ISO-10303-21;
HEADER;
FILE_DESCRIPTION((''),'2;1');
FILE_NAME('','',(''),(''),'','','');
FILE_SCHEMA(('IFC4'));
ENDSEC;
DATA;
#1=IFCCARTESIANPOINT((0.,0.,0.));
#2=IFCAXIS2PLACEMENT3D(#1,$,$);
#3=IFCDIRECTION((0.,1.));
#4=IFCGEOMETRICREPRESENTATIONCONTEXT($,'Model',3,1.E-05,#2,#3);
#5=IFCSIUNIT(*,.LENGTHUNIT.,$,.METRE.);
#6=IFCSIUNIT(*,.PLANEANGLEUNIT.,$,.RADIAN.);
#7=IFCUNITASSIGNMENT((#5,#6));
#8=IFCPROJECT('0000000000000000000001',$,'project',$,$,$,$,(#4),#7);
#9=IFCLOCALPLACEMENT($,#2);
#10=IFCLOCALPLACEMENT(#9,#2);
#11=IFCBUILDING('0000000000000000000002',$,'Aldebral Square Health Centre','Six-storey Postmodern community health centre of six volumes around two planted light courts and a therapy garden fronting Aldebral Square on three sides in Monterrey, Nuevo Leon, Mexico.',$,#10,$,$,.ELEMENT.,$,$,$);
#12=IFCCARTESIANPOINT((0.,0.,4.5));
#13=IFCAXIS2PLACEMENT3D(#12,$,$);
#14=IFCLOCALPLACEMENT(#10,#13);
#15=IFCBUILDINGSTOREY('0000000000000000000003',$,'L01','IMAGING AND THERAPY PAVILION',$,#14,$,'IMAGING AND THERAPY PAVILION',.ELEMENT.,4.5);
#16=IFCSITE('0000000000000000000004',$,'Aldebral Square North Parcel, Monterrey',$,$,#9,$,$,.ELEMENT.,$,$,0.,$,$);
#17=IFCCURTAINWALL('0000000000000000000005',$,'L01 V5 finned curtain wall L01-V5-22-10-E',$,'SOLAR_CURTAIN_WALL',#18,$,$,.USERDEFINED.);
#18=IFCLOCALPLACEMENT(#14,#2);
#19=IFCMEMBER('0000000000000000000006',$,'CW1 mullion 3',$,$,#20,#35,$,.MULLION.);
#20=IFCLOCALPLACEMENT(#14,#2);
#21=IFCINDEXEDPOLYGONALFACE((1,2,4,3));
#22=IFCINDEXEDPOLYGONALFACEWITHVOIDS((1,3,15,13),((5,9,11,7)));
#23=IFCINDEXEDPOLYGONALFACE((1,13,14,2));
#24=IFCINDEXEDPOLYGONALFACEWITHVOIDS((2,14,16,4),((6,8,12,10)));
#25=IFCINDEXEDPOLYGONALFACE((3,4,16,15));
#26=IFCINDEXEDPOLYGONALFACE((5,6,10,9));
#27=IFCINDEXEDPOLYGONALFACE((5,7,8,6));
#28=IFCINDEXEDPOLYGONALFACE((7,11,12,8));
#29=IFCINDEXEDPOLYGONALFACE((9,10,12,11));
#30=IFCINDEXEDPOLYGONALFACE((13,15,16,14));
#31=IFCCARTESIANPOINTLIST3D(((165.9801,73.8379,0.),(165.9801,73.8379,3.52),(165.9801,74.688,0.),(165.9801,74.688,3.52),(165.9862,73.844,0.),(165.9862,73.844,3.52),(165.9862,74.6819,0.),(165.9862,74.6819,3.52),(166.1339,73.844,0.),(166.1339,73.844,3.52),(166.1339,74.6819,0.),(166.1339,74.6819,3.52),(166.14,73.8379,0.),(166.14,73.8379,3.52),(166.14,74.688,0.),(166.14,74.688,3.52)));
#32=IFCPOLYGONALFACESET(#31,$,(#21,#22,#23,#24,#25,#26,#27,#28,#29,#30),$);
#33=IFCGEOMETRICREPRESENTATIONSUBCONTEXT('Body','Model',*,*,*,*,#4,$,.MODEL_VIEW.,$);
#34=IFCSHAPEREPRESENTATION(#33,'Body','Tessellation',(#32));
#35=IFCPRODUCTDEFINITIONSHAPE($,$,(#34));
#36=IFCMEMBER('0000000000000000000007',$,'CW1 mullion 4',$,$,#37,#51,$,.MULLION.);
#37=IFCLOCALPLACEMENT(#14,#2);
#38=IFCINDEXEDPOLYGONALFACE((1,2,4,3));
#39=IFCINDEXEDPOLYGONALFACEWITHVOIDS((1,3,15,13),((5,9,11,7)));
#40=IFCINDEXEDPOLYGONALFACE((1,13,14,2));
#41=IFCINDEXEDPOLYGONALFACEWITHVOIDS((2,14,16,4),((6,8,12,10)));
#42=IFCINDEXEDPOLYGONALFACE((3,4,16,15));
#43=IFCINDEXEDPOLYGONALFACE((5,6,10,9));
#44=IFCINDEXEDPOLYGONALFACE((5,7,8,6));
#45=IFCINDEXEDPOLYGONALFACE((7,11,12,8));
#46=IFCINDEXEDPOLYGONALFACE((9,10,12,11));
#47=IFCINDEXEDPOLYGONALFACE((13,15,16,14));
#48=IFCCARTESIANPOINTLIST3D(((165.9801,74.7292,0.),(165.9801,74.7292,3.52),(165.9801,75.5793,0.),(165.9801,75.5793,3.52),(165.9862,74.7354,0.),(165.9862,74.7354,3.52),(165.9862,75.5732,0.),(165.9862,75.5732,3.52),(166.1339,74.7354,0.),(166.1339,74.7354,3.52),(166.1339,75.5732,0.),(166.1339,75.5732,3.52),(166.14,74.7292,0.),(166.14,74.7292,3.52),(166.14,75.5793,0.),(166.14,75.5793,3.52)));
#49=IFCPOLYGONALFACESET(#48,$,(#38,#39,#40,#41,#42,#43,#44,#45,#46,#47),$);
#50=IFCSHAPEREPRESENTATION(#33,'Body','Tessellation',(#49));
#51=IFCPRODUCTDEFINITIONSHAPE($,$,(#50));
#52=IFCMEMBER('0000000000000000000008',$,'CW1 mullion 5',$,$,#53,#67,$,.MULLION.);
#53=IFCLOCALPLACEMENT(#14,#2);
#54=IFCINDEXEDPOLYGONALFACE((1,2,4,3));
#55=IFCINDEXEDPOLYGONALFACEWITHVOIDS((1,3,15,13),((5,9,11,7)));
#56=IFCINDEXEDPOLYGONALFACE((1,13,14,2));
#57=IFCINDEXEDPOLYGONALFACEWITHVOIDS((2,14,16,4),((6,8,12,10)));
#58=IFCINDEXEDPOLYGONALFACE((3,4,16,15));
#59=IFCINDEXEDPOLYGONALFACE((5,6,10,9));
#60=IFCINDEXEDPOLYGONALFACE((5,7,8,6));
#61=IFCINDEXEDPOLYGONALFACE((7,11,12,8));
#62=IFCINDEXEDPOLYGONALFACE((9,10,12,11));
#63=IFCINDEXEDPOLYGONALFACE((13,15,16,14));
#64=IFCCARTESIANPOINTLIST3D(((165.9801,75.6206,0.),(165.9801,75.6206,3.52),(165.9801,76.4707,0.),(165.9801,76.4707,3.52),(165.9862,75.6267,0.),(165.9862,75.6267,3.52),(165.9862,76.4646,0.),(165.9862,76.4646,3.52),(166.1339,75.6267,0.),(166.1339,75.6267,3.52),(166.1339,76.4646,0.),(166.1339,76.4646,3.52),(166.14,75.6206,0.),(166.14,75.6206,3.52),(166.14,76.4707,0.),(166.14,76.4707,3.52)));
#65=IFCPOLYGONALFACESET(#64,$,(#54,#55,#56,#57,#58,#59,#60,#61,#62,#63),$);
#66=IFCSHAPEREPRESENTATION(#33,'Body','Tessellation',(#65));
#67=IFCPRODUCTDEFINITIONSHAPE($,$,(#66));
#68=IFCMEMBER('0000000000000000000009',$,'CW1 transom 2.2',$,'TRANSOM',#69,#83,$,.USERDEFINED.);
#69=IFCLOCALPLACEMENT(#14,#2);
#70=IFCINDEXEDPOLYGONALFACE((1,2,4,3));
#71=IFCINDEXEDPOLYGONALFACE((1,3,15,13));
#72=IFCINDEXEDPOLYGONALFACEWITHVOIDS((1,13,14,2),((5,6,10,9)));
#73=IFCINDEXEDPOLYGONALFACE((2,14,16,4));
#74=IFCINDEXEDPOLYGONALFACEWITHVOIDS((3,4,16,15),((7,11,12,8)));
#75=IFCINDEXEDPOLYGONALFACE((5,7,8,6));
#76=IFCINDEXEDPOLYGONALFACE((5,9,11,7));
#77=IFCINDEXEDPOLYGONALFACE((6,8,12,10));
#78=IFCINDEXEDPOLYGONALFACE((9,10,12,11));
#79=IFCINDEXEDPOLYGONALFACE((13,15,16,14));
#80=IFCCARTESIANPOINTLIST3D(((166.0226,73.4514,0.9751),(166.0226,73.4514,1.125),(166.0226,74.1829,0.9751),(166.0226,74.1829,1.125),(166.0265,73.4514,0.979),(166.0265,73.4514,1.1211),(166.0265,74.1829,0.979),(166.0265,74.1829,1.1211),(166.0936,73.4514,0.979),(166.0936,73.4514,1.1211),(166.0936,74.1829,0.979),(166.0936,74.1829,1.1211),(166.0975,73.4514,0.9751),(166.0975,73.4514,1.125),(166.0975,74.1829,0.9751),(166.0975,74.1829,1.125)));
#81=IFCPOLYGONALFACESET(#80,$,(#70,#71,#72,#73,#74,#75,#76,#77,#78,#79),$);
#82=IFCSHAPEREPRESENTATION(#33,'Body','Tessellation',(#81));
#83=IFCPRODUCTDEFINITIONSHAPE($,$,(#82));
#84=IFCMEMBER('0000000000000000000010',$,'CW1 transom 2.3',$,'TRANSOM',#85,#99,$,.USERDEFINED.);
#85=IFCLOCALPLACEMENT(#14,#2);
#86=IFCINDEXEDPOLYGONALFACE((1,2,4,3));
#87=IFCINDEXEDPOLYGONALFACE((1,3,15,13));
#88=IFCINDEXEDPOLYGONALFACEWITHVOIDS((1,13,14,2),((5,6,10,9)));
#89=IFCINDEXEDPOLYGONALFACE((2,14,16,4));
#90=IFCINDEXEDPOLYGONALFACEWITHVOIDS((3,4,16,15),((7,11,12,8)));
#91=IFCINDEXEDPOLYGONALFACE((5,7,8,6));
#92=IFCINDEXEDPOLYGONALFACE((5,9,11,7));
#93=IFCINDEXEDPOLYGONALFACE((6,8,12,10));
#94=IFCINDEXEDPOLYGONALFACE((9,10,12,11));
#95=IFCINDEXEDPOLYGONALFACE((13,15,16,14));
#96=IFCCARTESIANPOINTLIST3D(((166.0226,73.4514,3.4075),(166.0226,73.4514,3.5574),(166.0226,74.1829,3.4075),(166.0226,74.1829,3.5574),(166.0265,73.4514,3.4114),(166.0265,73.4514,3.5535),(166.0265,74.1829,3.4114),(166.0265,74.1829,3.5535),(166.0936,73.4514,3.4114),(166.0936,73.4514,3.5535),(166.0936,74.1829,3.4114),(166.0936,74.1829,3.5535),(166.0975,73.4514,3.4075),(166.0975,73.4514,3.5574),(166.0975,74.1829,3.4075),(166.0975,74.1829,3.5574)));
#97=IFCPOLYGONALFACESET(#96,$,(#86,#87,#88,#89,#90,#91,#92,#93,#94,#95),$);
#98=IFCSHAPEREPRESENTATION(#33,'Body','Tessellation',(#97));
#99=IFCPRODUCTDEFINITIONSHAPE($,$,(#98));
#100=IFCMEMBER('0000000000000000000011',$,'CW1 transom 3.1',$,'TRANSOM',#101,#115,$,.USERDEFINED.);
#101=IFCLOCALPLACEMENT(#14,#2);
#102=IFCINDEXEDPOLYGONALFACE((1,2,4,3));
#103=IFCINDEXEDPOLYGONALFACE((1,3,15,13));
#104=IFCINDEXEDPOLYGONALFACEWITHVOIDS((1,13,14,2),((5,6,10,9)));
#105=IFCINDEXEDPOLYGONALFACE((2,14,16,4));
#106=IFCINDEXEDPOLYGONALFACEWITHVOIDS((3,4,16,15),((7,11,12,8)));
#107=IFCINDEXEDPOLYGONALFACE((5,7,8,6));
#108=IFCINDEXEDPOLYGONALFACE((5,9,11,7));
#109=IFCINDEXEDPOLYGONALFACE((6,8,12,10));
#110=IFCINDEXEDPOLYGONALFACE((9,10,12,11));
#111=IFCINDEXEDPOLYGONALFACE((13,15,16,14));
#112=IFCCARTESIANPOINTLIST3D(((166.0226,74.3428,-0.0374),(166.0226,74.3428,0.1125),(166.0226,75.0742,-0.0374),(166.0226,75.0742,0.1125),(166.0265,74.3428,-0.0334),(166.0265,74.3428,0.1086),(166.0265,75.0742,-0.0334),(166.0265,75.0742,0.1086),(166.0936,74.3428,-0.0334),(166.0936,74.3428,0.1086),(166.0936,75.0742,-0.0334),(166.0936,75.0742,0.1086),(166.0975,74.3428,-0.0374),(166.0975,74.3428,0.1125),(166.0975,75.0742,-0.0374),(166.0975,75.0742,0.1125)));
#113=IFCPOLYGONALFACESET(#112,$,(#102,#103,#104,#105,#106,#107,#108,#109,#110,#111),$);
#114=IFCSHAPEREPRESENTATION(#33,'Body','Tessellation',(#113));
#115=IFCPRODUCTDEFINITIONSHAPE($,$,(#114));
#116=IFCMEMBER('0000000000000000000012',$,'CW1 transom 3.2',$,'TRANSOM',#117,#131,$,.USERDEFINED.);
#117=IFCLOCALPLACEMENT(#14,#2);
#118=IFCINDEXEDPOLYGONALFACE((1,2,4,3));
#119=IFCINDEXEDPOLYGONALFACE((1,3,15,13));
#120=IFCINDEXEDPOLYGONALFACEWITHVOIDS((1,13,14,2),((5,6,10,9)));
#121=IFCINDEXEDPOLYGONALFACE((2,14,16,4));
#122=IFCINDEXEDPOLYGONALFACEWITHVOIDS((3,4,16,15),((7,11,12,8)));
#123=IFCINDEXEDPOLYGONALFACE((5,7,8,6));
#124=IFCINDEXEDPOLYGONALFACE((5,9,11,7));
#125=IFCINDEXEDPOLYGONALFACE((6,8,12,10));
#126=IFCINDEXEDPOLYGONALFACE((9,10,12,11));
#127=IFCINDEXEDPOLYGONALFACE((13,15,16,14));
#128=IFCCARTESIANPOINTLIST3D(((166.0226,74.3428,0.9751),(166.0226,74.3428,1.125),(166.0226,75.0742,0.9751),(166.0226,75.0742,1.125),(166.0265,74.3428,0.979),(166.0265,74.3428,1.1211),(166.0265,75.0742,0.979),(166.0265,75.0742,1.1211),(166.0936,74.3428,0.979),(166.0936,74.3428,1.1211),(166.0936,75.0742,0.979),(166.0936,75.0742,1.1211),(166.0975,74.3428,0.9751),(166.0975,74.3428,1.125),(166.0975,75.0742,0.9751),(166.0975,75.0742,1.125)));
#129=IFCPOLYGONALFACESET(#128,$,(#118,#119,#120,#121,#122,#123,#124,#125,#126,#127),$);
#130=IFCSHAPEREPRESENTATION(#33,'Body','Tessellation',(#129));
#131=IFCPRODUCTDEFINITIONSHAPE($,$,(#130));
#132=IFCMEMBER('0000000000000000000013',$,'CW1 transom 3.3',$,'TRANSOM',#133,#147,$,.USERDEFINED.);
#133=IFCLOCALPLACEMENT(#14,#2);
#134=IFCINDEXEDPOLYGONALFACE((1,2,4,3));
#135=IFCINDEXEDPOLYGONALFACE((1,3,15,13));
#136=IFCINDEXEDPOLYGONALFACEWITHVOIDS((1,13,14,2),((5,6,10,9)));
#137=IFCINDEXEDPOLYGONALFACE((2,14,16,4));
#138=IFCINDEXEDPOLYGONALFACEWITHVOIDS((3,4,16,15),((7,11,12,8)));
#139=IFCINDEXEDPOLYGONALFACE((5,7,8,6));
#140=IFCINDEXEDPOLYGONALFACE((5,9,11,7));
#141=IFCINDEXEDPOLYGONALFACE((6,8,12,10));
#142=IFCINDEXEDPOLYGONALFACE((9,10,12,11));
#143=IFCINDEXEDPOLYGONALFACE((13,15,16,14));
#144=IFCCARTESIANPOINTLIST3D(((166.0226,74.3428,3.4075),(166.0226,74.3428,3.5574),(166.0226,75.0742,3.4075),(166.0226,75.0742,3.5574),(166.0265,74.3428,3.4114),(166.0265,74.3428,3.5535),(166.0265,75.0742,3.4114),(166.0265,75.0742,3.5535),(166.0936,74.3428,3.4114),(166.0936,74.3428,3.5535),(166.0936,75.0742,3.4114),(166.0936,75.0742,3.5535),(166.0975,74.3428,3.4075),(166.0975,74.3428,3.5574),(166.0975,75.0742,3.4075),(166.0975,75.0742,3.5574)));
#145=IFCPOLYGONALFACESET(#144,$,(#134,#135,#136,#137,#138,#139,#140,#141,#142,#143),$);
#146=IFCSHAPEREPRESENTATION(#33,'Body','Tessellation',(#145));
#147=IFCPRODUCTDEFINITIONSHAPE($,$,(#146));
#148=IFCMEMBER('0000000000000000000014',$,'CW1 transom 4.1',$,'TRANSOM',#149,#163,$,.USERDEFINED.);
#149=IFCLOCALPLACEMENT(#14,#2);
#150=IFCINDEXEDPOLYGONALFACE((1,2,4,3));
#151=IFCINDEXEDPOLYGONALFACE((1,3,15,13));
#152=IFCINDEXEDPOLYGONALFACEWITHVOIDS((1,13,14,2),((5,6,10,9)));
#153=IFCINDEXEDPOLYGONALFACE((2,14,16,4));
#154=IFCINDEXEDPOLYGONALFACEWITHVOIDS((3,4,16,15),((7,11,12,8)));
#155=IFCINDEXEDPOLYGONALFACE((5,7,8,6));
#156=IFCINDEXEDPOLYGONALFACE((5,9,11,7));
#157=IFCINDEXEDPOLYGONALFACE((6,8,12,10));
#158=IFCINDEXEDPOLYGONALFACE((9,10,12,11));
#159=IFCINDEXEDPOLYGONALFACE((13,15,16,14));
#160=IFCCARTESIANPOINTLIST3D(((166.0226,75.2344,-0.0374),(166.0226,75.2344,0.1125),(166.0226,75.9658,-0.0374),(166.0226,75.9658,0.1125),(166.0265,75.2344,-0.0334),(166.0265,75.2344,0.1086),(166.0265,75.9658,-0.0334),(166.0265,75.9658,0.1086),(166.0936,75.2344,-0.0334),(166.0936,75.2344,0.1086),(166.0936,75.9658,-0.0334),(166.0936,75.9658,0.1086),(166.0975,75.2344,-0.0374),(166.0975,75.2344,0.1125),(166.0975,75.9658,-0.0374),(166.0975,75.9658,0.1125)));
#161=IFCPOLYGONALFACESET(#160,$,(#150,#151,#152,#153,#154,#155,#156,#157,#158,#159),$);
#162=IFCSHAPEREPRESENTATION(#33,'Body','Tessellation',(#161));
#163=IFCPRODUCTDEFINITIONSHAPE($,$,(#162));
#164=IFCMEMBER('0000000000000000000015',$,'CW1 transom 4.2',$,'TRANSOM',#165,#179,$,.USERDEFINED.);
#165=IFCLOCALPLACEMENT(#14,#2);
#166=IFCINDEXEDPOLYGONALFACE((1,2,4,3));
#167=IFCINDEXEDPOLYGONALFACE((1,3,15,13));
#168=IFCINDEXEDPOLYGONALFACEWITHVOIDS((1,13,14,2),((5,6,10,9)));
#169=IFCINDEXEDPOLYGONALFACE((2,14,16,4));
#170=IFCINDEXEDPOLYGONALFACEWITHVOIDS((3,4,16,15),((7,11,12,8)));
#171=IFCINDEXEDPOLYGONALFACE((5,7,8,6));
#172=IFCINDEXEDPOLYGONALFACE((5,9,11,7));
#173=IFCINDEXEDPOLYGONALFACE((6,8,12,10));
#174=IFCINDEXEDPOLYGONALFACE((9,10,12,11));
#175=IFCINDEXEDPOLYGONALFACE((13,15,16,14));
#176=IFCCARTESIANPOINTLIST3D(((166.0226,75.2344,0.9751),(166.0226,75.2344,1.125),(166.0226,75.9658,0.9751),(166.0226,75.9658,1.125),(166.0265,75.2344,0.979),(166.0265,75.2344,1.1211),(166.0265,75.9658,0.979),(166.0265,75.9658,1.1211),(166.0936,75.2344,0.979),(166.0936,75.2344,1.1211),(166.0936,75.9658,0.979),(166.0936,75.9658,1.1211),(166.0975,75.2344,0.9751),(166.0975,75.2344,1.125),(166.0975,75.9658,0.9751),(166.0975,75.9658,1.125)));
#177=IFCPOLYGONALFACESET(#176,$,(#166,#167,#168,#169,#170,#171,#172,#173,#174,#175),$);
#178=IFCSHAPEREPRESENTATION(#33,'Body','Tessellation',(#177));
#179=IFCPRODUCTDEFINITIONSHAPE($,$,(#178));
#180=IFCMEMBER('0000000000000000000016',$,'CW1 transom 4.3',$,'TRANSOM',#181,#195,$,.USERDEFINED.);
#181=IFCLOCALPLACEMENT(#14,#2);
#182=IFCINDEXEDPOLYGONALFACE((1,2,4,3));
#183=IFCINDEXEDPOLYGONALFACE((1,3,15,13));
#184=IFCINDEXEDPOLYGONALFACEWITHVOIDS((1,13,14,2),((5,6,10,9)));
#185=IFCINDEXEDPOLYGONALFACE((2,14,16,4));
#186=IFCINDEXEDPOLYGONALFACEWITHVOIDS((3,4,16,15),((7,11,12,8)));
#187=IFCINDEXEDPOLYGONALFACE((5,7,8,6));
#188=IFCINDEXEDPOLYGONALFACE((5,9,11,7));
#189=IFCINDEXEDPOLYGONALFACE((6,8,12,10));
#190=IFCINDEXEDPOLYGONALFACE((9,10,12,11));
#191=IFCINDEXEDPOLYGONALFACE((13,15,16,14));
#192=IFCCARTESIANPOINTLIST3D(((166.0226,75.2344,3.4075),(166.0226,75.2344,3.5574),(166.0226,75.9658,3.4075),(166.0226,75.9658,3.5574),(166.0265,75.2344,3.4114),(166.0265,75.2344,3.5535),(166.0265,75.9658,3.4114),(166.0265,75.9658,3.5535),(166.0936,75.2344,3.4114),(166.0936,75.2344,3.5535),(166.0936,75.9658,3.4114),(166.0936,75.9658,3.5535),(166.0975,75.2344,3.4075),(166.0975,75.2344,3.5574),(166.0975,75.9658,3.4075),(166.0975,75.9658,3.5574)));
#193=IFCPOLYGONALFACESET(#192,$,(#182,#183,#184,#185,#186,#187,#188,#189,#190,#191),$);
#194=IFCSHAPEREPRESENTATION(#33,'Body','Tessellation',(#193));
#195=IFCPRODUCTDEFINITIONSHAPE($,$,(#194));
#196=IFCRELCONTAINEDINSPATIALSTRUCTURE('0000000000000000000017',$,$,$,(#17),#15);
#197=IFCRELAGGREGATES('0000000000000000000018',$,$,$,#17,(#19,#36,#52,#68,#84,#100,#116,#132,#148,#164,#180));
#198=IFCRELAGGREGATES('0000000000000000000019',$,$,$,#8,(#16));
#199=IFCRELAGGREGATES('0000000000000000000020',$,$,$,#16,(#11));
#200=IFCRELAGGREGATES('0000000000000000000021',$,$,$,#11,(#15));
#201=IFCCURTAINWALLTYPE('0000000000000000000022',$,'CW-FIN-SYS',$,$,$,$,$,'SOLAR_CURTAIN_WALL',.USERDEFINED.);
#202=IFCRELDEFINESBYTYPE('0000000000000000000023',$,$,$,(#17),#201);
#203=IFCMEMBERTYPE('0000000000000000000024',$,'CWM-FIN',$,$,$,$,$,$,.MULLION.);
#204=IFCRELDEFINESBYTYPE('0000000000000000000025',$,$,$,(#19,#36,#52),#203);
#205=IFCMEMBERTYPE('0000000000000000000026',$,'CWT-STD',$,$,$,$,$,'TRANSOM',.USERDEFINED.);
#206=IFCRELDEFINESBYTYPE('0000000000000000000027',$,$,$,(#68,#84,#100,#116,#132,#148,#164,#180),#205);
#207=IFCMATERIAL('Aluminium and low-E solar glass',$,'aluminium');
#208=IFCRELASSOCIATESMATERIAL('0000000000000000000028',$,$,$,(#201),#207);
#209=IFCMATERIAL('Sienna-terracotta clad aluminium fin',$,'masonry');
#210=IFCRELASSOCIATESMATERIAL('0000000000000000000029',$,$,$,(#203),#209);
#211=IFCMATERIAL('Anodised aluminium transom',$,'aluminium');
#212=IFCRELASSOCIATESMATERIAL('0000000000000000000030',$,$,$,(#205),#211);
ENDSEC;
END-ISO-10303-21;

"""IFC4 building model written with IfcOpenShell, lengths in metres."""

from ifc_helpers import new_model, si_unit, direction, frame, origin, origin_2d, place, context, subcontext, project, spatial, hollow_rectangle, extrude, material, material_profile, profile_set, type_object, element, aggregate, save


model = new_model("IFC4")

# Units and contexts
model_context = context("Model", 3, precision=1e-05, world=origin(), true_north=direction((0.0, 1.0)))
body_context = subcontext(model_context, "Body", "Model", "MODEL_VIEW")
ifc_project = project(units=[si_unit("LENGTHUNIT", "METRE"), si_unit("PLANEANGLEUNIT", "RADIAN")], contexts=[model_context])

# Site, building, storey
site_placement = place(None, origin())
site = spatial("IfcSite", under=ifc_project, at=site_placement, Name="Aldebral Square North Parcel, Monterrey", CompositionType="ELEMENT", RefElevation=0.0)
building_placement = place(site_placement, origin())
building = spatial("IfcBuilding", under=site, at=building_placement, Name="Aldebral Square Health Centre", Description="Six-storey Postmodern community health centre of six volumes around two planted light courts and a therapy garden fronting Aldebral Square on three sides in Monterrey, Nuevo Leon, Mexico.", CompositionType="ELEMENT")
storey_placement = place(building_placement, frame((0.0, 0.0, 4.5)))
storey = spatial("IfcBuildingStorey", under=building, at=storey_placement, Name="L01", Description="IMAGING AND THERAPY PAVILION", LongName="IMAGING AND THERAPY PAVILION", CompositionType="ELEMENT", Elevation=4.5)

# Curtain wall, members
ifc_material_1 = material(Name="Aluminium and low-E solar glass", Category="aluminium")
curtain_wall_type = type_object("IfcCurtainWallType", Name="CW-FIN-SYS", ElementType="SOLAR_CURTAIN_WALL", PredefinedType="USERDEFINED", material=ifc_material_1)
curtain_wall_placement = place(storey_placement, origin())
curtain_wall = element("IfcCurtainWall", 1, at=curtain_wall_placement, inside=storey, type_object=curtain_wall_type, Name="L01 V5 finned curtain wall L01-V5-22-10-E", ObjectType="SOLAR_CURTAIN_WALL", PredefinedType="USERDEFINED")
ifc_material_2 = material(Name="Sienna-terracotta clad aluminium fin", Category="masonry")
ifc_material_profile_1 = material_profile(ifc_material_2, hollow_rectangle(XDim=0.1599, YDim=0.8501, WallThickness=0.0061, at=origin_2d()), Name="FIN 160x850x6")
ifc_profile_set_1 = profile_set([ifc_material_profile_1], Name="Sienna-terracotta clad aluminium fin")
member_type_1 = type_object("IfcMemberType", Name="CWM-FIN", PredefinedType="MULLION", material=ifc_profile_set_1)
member_1_placement = place(storey_placement, frame((166.0601, 74.2629, 0.0), z_axis=(0.0, 0.0, 1.0), x_axis=(-1.0, 0.0, 0.0)))
member_1 = element("IfcMember", 2, at=member_1_placement, type_object=member_type_1, Name="CW1 mullion 3", PredefinedType="MULLION", context=body_context, shape_type="SweptSolid", body=[
    extrude(hollow_rectangle(XDim=0.1599, YDim=0.8501, WallThickness=0.0061, at=origin_2d()), origin(), (0.0, 0.0, 1.0), 3.52),
])
member_2_placement = place(storey_placement, frame((166.0601, 75.1543, 0.0), z_axis=(0.0, 0.0, 1.0), x_axis=(-1.0, 0.0, 0.0)))
member_2 = element("IfcMember", 3, at=member_2_placement, type_object=member_type_1, Name="CW1 mullion 4", PredefinedType="MULLION", context=body_context, shape_type="SweptSolid", body=[
    extrude(hollow_rectangle(XDim=0.1599, YDim=0.8501, WallThickness=0.0061, at=origin_2d()), origin(), (0.0, 0.0, 1.0), 3.52),
])
member_3_placement = place(storey_placement, frame((166.0601, 76.0457, 0.0), z_axis=(0.0, 0.0, 1.0), x_axis=(-1.0, 0.0, 0.0)))
member_3 = element("IfcMember", 4, at=member_3_placement, type_object=member_type_1, Name="CW1 mullion 5", PredefinedType="MULLION", context=body_context, shape_type="SweptSolid", body=[
    extrude(hollow_rectangle(XDim=0.1599, YDim=0.8501, WallThickness=0.0061, at=origin_2d()), origin(), (0.0, 0.0, 1.0), 3.52),
])
ifc_material_3 = material(Name="Anodised aluminium transom", Category="aluminium")
ifc_material_profile_2 = material_profile(ifc_material_3, hollow_rectangle(XDim=0.075, YDim=0.1499, WallThickness=0.0039, at=origin_2d()), Name="CWT 75x150x4")
ifc_profile_set_2 = profile_set([ifc_material_profile_2], Name="Anodised aluminium transom")
member_type_2 = type_object("IfcMemberType", Name="CWT-STD", ElementType="TRANSOM", PredefinedType="USERDEFINED", material=ifc_profile_set_2)
member_4_placement = place(storey_placement, frame((166.0601, 73.4514, 1.05), z_axis=(0.0, 1.0, 0.0), x_axis=(-1.0, 0.0, 0.0)))
member_4 = element("IfcMember", 5, at=member_4_placement, type_object=member_type_2, Name="CW1 transom 2.2", ObjectType="TRANSOM", PredefinedType="USERDEFINED", context=body_context, shape_type="SweptSolid", body=[
    extrude(hollow_rectangle(XDim=0.075, YDim=0.1499, WallThickness=0.0039, at=origin_2d()), origin(), (0.0, 0.0, 1.0), 0.7314),
])
member_5_placement = place(storey_placement, frame((166.0601, 73.4514, 3.4824), z_axis=(0.0, 1.0, 0.0), x_axis=(-1.0, 0.0, 0.0)))
member_5 = element("IfcMember", 6, at=member_5_placement, type_object=member_type_2, Name="CW1 transom 2.3", ObjectType="TRANSOM", PredefinedType="USERDEFINED", context=body_context, shape_type="SweptSolid", body=[
    extrude(hollow_rectangle(XDim=0.075, YDim=0.1499, WallThickness=0.0039, at=origin_2d()), origin(), (0.0, 0.0, 1.0), 0.7314),
])
member_6_placement = place(storey_placement, frame((166.0601, 74.3428, 0.0376), z_axis=(0.0, 1.0, 0.0), x_axis=(-1.0, 0.0, 0.0)))
member_6 = element("IfcMember", 7, at=member_6_placement, type_object=member_type_2, Name="CW1 transom 3.1", ObjectType="TRANSOM", PredefinedType="USERDEFINED", context=body_context, shape_type="SweptSolid", body=[
    extrude(hollow_rectangle(XDim=0.075, YDim=0.1499, WallThickness=0.0039, at=origin_2d()), origin(), (0.0, 0.0, 1.0), 0.7314),
])
member_7_placement = place(storey_placement, frame((166.0601, 74.3428, 1.05), z_axis=(0.0, 1.0, 0.0), x_axis=(-1.0, 0.0, 0.0)))
member_7 = element("IfcMember", 8, at=member_7_placement, type_object=member_type_2, Name="CW1 transom 3.2", ObjectType="TRANSOM", PredefinedType="USERDEFINED", context=body_context, shape_type="SweptSolid", body=[
    extrude(hollow_rectangle(XDim=0.075, YDim=0.1499, WallThickness=0.0039, at=origin_2d()), origin(), (0.0, 0.0, 1.0), 0.7314),
])
member_8_placement = place(storey_placement, frame((166.0601, 74.3428, 3.4824), z_axis=(0.0, 1.0, 0.0), x_axis=(-1.0, 0.0, 0.0)))
member_8 = element("IfcMember", 9, at=member_8_placement, type_object=member_type_2, Name="CW1 transom 3.3", ObjectType="TRANSOM", PredefinedType="USERDEFINED", context=body_context, shape_type="SweptSolid", body=[
    extrude(hollow_rectangle(XDim=0.075, YDim=0.1499, WallThickness=0.0039, at=origin_2d()), origin(), (0.0, 0.0, 1.0), 0.7314),
])
member_9_placement = place(storey_placement, frame((166.0601, 75.2344, 0.0376), z_axis=(0.0, 1.0, 0.0), x_axis=(-1.0, 0.0, 0.0)))
member_9 = element("IfcMember", 10, at=member_9_placement, type_object=member_type_2, Name="CW1 transom 4.1", ObjectType="TRANSOM", PredefinedType="USERDEFINED", context=body_context, shape_type="SweptSolid", body=[
    extrude(hollow_rectangle(XDim=0.075, YDim=0.1499, WallThickness=0.0039, at=origin_2d()), origin(), (0.0, 0.0, 1.0), 0.7314),
])
member_10_placement = place(storey_placement, frame((166.0601, 75.2344, 1.05), z_axis=(0.0, 1.0, 0.0), x_axis=(-1.0, 0.0, 0.0)))
member_10 = element("IfcMember", 11, at=member_10_placement, type_object=member_type_2, Name="CW1 transom 4.2", ObjectType="TRANSOM", PredefinedType="USERDEFINED", context=body_context, shape_type="SweptSolid", body=[
    extrude(hollow_rectangle(XDim=0.075, YDim=0.1499, WallThickness=0.0039, at=origin_2d()), origin(), (0.0, 0.0, 1.0), 0.7314),
])
member_11_placement = place(storey_placement, frame((166.0601, 75.2344, 3.4824), z_axis=(0.0, 1.0, 0.0), x_axis=(-1.0, 0.0, 0.0)))
member_11 = element("IfcMember", 12, at=member_11_placement, type_object=member_type_2, Name="CW1 transom 4.3", ObjectType="TRANSOM", PredefinedType="USERDEFINED", context=body_context, shape_type="SweptSolid", body=[
    extrude(hollow_rectangle(XDim=0.075, YDim=0.1499, WallThickness=0.0039, at=origin_2d()), origin(), (0.0, 0.0, 1.0), 0.7314),
])
aggregate(curtain_wall, [member_1, member_2, member_3, member_4, member_5, member_6, member_7, member_8, member_9, member_10, member_11])

save(model, "model.ifc")
